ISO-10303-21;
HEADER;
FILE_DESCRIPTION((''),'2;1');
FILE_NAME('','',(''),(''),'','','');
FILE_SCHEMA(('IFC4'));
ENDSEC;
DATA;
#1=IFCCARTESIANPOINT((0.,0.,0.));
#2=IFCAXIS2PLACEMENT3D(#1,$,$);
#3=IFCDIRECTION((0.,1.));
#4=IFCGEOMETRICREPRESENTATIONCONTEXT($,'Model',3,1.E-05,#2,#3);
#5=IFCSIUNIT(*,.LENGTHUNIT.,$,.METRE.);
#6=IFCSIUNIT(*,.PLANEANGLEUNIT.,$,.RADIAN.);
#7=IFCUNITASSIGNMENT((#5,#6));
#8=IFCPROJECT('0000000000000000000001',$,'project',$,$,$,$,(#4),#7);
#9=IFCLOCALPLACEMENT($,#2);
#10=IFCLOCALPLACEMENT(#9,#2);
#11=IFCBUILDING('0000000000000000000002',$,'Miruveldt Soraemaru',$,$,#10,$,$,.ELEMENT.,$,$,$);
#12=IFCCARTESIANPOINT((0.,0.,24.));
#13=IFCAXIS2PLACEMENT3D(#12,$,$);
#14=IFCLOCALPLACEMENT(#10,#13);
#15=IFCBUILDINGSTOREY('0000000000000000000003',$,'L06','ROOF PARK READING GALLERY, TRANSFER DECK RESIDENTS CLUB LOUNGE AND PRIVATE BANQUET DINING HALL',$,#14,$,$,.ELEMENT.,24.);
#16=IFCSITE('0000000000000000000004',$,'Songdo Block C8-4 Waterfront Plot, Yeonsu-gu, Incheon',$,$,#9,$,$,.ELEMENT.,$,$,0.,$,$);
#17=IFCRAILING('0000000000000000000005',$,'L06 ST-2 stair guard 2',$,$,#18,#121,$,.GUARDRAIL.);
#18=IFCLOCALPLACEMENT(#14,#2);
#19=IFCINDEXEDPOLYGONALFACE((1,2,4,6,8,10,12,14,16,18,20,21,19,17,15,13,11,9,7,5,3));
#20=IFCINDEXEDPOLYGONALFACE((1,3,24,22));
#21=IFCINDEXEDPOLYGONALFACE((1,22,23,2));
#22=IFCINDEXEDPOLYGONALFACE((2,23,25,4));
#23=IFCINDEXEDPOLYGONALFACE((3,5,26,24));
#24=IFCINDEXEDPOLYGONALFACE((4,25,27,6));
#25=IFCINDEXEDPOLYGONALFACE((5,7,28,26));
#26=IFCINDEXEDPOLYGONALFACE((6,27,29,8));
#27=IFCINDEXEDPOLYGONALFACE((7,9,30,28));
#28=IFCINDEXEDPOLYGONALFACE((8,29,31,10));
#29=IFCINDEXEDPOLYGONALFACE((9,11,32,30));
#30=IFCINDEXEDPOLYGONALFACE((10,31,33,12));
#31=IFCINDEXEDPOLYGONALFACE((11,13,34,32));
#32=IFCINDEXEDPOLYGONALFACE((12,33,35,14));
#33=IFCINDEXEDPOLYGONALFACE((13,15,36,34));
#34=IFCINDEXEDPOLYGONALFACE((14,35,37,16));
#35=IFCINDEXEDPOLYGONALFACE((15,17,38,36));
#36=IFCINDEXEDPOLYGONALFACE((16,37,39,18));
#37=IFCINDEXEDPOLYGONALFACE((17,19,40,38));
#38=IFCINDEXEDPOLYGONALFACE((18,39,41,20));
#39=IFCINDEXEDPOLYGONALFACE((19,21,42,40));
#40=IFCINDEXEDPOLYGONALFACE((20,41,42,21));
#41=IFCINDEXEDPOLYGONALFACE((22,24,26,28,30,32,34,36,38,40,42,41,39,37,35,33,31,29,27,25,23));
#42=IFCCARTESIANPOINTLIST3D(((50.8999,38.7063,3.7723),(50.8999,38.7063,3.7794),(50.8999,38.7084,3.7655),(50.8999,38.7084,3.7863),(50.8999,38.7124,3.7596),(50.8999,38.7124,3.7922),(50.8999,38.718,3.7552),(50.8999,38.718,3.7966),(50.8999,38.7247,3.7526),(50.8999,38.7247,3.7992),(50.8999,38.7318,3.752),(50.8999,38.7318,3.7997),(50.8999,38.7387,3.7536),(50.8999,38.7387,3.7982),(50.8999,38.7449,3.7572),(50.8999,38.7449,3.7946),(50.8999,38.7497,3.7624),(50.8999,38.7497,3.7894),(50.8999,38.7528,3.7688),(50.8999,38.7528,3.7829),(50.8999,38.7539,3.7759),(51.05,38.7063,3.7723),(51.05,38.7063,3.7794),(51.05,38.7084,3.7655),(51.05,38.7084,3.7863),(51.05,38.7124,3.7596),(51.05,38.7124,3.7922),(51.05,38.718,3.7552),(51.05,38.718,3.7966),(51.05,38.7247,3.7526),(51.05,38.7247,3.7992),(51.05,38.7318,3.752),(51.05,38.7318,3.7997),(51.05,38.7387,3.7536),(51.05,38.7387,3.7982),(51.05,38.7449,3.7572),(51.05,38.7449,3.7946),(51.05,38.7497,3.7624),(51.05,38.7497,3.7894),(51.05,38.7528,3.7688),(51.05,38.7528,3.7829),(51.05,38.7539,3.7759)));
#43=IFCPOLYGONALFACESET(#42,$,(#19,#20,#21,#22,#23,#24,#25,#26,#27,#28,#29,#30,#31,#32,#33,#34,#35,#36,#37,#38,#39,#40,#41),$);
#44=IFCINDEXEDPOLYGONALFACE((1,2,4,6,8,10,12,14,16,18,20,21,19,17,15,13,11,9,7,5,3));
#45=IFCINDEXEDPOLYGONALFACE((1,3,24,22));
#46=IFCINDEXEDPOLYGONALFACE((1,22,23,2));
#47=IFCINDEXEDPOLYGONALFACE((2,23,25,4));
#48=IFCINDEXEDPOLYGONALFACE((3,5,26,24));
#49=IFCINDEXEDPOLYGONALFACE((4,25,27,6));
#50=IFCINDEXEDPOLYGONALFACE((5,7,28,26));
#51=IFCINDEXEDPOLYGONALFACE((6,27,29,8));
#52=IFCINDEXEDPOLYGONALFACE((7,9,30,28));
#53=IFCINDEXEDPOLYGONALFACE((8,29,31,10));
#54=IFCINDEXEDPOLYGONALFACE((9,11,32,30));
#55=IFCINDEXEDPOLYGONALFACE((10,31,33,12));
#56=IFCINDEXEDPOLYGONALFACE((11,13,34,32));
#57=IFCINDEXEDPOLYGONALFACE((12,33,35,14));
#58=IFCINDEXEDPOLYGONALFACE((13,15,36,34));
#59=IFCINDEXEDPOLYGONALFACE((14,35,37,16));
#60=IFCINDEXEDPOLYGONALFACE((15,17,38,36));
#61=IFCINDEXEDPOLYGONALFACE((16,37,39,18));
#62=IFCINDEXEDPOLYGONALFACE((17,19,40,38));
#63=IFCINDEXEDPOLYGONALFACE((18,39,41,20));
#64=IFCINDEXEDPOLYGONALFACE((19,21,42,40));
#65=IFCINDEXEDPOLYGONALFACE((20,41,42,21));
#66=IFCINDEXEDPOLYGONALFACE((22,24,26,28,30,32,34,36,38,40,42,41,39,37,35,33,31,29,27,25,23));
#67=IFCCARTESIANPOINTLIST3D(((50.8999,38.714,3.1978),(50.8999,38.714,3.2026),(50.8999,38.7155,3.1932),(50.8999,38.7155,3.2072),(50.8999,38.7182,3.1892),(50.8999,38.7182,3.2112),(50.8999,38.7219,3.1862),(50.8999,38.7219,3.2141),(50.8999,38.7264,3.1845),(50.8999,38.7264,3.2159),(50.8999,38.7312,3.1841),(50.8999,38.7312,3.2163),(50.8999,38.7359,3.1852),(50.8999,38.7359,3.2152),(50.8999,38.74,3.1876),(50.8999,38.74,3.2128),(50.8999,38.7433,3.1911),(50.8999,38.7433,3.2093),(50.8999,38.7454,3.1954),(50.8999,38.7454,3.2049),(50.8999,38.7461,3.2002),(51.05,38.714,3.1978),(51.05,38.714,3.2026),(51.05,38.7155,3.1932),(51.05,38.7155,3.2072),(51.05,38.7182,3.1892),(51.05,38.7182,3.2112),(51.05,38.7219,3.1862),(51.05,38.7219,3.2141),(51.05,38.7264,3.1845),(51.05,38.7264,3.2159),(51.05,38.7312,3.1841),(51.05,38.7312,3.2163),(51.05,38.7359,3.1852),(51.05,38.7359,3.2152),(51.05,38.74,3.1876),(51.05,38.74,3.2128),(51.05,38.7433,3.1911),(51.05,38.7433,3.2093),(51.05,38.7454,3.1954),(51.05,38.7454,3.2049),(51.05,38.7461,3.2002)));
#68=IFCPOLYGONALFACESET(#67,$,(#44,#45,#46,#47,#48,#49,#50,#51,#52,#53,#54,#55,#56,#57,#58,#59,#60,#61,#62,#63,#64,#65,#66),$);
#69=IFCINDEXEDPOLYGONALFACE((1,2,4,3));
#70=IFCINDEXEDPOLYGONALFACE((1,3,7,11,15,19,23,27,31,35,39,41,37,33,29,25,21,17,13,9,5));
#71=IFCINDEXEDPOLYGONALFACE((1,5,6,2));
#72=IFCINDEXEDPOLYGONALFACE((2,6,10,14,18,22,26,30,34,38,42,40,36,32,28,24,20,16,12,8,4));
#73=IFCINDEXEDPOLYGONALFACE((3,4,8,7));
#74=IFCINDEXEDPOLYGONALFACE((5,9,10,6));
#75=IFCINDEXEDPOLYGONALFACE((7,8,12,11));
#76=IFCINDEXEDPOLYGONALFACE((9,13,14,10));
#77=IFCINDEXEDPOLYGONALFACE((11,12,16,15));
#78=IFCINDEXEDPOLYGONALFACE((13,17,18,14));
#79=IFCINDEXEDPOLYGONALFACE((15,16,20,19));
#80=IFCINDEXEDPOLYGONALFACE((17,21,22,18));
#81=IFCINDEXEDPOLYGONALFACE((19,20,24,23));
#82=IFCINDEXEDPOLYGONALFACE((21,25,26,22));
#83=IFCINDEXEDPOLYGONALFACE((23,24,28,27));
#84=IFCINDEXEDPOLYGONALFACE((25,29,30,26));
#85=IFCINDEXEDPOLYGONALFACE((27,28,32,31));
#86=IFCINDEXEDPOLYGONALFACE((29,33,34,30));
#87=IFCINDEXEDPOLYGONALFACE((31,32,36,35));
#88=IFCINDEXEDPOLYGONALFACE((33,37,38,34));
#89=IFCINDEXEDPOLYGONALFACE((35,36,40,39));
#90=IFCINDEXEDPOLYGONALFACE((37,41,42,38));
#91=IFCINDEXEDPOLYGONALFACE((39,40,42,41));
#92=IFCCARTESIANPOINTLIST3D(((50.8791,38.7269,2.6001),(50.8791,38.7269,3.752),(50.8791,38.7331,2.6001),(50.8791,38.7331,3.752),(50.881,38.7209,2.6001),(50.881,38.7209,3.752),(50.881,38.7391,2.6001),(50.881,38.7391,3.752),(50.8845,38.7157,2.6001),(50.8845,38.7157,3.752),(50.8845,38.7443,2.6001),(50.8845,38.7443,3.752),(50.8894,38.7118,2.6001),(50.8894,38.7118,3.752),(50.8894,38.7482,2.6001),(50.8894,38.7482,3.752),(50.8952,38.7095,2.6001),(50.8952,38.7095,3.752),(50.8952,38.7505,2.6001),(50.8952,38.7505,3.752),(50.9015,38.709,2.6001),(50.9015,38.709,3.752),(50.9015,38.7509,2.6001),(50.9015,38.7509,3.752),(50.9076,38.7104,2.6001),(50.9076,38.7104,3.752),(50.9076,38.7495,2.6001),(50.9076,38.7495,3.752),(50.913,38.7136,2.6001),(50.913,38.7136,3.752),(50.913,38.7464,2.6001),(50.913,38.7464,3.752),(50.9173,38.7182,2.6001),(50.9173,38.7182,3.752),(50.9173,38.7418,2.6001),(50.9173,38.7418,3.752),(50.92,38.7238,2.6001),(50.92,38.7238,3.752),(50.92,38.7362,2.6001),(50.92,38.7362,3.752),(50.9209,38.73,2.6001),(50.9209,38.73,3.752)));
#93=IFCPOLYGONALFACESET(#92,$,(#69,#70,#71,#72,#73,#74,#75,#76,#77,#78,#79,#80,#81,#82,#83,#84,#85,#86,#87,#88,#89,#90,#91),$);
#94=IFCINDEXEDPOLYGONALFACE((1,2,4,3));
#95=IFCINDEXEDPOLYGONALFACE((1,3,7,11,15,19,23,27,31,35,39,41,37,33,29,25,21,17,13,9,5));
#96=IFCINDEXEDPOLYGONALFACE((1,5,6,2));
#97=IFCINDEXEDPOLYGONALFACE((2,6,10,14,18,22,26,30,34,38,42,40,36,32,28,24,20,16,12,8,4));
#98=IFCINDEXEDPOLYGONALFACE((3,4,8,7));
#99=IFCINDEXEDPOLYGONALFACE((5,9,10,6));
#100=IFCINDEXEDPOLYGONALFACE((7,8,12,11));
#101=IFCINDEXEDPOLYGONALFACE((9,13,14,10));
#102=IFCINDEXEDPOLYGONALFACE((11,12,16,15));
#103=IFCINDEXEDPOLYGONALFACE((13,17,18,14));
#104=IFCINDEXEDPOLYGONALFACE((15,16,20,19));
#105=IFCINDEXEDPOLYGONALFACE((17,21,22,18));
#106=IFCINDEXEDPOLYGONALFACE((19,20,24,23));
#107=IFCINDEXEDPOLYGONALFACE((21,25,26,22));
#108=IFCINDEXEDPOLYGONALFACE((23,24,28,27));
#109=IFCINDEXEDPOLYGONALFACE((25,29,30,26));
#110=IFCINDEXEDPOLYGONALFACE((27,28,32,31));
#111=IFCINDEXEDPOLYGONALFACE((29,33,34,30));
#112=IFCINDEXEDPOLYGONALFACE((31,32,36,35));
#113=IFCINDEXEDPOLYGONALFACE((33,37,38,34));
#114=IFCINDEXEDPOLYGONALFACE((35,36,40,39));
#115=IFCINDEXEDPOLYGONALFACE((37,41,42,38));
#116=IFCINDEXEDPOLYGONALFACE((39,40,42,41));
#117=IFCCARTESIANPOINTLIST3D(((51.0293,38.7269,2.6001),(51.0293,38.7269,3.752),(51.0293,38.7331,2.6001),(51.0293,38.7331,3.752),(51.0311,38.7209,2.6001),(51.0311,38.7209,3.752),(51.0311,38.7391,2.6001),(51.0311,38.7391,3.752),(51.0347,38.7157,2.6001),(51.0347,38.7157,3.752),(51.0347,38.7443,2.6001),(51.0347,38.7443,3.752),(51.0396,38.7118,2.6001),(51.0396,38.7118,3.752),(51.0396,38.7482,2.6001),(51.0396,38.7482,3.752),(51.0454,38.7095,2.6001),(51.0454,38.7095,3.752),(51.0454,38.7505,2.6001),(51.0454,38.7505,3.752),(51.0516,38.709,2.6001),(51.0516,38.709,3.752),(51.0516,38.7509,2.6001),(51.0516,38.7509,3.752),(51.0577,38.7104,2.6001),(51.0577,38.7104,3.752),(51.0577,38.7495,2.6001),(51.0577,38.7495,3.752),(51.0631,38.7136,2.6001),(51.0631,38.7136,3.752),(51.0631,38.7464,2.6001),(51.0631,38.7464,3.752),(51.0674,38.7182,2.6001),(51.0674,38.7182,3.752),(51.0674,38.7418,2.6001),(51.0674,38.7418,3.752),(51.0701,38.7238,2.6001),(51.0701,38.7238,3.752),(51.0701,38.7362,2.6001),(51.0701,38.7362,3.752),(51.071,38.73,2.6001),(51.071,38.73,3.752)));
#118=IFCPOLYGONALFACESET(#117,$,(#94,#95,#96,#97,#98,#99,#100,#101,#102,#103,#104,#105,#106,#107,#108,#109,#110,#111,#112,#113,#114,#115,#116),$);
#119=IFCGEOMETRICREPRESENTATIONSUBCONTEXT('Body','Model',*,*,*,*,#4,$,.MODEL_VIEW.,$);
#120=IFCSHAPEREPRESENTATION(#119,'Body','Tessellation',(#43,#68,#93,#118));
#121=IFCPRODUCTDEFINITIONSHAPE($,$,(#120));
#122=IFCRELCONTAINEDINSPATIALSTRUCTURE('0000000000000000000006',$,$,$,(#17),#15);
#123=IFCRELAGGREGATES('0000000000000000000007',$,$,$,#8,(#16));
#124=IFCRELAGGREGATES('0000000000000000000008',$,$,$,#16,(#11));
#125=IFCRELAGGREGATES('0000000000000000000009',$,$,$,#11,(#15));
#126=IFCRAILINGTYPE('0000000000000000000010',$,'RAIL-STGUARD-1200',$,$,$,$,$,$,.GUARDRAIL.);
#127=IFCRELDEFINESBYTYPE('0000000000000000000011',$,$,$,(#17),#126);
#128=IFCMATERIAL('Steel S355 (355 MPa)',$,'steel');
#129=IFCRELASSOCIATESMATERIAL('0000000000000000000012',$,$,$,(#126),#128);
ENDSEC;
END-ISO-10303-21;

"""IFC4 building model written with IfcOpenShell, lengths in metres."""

from ifc_helpers import new_model, si_unit, direction, frame, origin, origin_2d, place, context, subcontext, project, spatial, circle, extrude, material, type_object, element, save


model = new_model("IFC4")

# Units and contexts
model_context = context("Model", 3, precision=1e-05, world=origin(), true_north=direction((0.0, 1.0)))
body_context = subcontext(model_context, "Body", "Model", "MODEL_VIEW")
ifc_project = project(units=[si_unit("LENGTHUNIT", "METRE"), si_unit("PLANEANGLEUNIT", "RADIAN")], contexts=[model_context])

# Site, building, storey
site_placement = place(None, origin())
site = spatial("IfcSite", under=ifc_project, at=site_placement, Name="Songdo Block C8-4 Waterfront Plot, Yeonsu-gu, Incheon", CompositionType="ELEMENT", RefElevation=0.0)
building_placement = place(site_placement, origin())
building = spatial("IfcBuilding", under=site, at=building_placement, Name="Miruveldt Soraemaru", CompositionType="ELEMENT")
storey_placement = place(building_placement, frame((0.0, 0.0, 24.0)))
storey = spatial("IfcBuildingStorey", under=building, at=storey_placement, Name="L06", Description="ROOF PARK READING GALLERY, TRANSFER DECK RESIDENTS CLUB LOUNGE AND PRIVATE BANQUET DINING HALL", CompositionType="ELEMENT", Elevation=24.0)

# Railing
ifc_material_1 = material(Name="Steel S355 (355 MPa)", Category="steel")
railing_type_1 = type_object("IfcRailingType", Name="RAIL-STGUARD-1200", PredefinedType="GUARDRAIL", material=ifc_material_1)
railing_1_placement = place(storey_placement, frame((50.8999, 38.73, 2.6001)))
element("IfcRailing", 1, at=railing_1_placement, inside=storey, type_object=railing_type_1, Name="L06 ST-2 stair guard 2", PredefinedType="GUARDRAIL", context=body_context, shape_type="SweptSolid", body=[
    extrude(circle(Radius=0.0239, at=origin_2d()), frame((0.0, 0.0, 1.1758), z_axis=(1.0, 0.0, 0.0), x_axis=(0.0, 1.0, 0.0)), (0.0, 0.0, 1.0), 0.1501),
    extrude(circle(Radius=0.0161, at=origin_2d()), frame((0.0, 0.0, 0.6001), z_axis=(1.0, 0.0, 0.0), x_axis=(0.0, 1.0, 0.0)), (0.0, 0.0, 1.0), 0.1501),
    extrude(circle(Radius=0.021, at=origin_2d()), origin(), (0.0, 0.0, 1.0), 1.1519),
    extrude(circle(Radius=0.021, at=origin_2d()), frame((0.1501, 0.0, 0.0)), (0.0, 0.0, 1.0), 1.1519),
])

save(model, "model.ifc")
